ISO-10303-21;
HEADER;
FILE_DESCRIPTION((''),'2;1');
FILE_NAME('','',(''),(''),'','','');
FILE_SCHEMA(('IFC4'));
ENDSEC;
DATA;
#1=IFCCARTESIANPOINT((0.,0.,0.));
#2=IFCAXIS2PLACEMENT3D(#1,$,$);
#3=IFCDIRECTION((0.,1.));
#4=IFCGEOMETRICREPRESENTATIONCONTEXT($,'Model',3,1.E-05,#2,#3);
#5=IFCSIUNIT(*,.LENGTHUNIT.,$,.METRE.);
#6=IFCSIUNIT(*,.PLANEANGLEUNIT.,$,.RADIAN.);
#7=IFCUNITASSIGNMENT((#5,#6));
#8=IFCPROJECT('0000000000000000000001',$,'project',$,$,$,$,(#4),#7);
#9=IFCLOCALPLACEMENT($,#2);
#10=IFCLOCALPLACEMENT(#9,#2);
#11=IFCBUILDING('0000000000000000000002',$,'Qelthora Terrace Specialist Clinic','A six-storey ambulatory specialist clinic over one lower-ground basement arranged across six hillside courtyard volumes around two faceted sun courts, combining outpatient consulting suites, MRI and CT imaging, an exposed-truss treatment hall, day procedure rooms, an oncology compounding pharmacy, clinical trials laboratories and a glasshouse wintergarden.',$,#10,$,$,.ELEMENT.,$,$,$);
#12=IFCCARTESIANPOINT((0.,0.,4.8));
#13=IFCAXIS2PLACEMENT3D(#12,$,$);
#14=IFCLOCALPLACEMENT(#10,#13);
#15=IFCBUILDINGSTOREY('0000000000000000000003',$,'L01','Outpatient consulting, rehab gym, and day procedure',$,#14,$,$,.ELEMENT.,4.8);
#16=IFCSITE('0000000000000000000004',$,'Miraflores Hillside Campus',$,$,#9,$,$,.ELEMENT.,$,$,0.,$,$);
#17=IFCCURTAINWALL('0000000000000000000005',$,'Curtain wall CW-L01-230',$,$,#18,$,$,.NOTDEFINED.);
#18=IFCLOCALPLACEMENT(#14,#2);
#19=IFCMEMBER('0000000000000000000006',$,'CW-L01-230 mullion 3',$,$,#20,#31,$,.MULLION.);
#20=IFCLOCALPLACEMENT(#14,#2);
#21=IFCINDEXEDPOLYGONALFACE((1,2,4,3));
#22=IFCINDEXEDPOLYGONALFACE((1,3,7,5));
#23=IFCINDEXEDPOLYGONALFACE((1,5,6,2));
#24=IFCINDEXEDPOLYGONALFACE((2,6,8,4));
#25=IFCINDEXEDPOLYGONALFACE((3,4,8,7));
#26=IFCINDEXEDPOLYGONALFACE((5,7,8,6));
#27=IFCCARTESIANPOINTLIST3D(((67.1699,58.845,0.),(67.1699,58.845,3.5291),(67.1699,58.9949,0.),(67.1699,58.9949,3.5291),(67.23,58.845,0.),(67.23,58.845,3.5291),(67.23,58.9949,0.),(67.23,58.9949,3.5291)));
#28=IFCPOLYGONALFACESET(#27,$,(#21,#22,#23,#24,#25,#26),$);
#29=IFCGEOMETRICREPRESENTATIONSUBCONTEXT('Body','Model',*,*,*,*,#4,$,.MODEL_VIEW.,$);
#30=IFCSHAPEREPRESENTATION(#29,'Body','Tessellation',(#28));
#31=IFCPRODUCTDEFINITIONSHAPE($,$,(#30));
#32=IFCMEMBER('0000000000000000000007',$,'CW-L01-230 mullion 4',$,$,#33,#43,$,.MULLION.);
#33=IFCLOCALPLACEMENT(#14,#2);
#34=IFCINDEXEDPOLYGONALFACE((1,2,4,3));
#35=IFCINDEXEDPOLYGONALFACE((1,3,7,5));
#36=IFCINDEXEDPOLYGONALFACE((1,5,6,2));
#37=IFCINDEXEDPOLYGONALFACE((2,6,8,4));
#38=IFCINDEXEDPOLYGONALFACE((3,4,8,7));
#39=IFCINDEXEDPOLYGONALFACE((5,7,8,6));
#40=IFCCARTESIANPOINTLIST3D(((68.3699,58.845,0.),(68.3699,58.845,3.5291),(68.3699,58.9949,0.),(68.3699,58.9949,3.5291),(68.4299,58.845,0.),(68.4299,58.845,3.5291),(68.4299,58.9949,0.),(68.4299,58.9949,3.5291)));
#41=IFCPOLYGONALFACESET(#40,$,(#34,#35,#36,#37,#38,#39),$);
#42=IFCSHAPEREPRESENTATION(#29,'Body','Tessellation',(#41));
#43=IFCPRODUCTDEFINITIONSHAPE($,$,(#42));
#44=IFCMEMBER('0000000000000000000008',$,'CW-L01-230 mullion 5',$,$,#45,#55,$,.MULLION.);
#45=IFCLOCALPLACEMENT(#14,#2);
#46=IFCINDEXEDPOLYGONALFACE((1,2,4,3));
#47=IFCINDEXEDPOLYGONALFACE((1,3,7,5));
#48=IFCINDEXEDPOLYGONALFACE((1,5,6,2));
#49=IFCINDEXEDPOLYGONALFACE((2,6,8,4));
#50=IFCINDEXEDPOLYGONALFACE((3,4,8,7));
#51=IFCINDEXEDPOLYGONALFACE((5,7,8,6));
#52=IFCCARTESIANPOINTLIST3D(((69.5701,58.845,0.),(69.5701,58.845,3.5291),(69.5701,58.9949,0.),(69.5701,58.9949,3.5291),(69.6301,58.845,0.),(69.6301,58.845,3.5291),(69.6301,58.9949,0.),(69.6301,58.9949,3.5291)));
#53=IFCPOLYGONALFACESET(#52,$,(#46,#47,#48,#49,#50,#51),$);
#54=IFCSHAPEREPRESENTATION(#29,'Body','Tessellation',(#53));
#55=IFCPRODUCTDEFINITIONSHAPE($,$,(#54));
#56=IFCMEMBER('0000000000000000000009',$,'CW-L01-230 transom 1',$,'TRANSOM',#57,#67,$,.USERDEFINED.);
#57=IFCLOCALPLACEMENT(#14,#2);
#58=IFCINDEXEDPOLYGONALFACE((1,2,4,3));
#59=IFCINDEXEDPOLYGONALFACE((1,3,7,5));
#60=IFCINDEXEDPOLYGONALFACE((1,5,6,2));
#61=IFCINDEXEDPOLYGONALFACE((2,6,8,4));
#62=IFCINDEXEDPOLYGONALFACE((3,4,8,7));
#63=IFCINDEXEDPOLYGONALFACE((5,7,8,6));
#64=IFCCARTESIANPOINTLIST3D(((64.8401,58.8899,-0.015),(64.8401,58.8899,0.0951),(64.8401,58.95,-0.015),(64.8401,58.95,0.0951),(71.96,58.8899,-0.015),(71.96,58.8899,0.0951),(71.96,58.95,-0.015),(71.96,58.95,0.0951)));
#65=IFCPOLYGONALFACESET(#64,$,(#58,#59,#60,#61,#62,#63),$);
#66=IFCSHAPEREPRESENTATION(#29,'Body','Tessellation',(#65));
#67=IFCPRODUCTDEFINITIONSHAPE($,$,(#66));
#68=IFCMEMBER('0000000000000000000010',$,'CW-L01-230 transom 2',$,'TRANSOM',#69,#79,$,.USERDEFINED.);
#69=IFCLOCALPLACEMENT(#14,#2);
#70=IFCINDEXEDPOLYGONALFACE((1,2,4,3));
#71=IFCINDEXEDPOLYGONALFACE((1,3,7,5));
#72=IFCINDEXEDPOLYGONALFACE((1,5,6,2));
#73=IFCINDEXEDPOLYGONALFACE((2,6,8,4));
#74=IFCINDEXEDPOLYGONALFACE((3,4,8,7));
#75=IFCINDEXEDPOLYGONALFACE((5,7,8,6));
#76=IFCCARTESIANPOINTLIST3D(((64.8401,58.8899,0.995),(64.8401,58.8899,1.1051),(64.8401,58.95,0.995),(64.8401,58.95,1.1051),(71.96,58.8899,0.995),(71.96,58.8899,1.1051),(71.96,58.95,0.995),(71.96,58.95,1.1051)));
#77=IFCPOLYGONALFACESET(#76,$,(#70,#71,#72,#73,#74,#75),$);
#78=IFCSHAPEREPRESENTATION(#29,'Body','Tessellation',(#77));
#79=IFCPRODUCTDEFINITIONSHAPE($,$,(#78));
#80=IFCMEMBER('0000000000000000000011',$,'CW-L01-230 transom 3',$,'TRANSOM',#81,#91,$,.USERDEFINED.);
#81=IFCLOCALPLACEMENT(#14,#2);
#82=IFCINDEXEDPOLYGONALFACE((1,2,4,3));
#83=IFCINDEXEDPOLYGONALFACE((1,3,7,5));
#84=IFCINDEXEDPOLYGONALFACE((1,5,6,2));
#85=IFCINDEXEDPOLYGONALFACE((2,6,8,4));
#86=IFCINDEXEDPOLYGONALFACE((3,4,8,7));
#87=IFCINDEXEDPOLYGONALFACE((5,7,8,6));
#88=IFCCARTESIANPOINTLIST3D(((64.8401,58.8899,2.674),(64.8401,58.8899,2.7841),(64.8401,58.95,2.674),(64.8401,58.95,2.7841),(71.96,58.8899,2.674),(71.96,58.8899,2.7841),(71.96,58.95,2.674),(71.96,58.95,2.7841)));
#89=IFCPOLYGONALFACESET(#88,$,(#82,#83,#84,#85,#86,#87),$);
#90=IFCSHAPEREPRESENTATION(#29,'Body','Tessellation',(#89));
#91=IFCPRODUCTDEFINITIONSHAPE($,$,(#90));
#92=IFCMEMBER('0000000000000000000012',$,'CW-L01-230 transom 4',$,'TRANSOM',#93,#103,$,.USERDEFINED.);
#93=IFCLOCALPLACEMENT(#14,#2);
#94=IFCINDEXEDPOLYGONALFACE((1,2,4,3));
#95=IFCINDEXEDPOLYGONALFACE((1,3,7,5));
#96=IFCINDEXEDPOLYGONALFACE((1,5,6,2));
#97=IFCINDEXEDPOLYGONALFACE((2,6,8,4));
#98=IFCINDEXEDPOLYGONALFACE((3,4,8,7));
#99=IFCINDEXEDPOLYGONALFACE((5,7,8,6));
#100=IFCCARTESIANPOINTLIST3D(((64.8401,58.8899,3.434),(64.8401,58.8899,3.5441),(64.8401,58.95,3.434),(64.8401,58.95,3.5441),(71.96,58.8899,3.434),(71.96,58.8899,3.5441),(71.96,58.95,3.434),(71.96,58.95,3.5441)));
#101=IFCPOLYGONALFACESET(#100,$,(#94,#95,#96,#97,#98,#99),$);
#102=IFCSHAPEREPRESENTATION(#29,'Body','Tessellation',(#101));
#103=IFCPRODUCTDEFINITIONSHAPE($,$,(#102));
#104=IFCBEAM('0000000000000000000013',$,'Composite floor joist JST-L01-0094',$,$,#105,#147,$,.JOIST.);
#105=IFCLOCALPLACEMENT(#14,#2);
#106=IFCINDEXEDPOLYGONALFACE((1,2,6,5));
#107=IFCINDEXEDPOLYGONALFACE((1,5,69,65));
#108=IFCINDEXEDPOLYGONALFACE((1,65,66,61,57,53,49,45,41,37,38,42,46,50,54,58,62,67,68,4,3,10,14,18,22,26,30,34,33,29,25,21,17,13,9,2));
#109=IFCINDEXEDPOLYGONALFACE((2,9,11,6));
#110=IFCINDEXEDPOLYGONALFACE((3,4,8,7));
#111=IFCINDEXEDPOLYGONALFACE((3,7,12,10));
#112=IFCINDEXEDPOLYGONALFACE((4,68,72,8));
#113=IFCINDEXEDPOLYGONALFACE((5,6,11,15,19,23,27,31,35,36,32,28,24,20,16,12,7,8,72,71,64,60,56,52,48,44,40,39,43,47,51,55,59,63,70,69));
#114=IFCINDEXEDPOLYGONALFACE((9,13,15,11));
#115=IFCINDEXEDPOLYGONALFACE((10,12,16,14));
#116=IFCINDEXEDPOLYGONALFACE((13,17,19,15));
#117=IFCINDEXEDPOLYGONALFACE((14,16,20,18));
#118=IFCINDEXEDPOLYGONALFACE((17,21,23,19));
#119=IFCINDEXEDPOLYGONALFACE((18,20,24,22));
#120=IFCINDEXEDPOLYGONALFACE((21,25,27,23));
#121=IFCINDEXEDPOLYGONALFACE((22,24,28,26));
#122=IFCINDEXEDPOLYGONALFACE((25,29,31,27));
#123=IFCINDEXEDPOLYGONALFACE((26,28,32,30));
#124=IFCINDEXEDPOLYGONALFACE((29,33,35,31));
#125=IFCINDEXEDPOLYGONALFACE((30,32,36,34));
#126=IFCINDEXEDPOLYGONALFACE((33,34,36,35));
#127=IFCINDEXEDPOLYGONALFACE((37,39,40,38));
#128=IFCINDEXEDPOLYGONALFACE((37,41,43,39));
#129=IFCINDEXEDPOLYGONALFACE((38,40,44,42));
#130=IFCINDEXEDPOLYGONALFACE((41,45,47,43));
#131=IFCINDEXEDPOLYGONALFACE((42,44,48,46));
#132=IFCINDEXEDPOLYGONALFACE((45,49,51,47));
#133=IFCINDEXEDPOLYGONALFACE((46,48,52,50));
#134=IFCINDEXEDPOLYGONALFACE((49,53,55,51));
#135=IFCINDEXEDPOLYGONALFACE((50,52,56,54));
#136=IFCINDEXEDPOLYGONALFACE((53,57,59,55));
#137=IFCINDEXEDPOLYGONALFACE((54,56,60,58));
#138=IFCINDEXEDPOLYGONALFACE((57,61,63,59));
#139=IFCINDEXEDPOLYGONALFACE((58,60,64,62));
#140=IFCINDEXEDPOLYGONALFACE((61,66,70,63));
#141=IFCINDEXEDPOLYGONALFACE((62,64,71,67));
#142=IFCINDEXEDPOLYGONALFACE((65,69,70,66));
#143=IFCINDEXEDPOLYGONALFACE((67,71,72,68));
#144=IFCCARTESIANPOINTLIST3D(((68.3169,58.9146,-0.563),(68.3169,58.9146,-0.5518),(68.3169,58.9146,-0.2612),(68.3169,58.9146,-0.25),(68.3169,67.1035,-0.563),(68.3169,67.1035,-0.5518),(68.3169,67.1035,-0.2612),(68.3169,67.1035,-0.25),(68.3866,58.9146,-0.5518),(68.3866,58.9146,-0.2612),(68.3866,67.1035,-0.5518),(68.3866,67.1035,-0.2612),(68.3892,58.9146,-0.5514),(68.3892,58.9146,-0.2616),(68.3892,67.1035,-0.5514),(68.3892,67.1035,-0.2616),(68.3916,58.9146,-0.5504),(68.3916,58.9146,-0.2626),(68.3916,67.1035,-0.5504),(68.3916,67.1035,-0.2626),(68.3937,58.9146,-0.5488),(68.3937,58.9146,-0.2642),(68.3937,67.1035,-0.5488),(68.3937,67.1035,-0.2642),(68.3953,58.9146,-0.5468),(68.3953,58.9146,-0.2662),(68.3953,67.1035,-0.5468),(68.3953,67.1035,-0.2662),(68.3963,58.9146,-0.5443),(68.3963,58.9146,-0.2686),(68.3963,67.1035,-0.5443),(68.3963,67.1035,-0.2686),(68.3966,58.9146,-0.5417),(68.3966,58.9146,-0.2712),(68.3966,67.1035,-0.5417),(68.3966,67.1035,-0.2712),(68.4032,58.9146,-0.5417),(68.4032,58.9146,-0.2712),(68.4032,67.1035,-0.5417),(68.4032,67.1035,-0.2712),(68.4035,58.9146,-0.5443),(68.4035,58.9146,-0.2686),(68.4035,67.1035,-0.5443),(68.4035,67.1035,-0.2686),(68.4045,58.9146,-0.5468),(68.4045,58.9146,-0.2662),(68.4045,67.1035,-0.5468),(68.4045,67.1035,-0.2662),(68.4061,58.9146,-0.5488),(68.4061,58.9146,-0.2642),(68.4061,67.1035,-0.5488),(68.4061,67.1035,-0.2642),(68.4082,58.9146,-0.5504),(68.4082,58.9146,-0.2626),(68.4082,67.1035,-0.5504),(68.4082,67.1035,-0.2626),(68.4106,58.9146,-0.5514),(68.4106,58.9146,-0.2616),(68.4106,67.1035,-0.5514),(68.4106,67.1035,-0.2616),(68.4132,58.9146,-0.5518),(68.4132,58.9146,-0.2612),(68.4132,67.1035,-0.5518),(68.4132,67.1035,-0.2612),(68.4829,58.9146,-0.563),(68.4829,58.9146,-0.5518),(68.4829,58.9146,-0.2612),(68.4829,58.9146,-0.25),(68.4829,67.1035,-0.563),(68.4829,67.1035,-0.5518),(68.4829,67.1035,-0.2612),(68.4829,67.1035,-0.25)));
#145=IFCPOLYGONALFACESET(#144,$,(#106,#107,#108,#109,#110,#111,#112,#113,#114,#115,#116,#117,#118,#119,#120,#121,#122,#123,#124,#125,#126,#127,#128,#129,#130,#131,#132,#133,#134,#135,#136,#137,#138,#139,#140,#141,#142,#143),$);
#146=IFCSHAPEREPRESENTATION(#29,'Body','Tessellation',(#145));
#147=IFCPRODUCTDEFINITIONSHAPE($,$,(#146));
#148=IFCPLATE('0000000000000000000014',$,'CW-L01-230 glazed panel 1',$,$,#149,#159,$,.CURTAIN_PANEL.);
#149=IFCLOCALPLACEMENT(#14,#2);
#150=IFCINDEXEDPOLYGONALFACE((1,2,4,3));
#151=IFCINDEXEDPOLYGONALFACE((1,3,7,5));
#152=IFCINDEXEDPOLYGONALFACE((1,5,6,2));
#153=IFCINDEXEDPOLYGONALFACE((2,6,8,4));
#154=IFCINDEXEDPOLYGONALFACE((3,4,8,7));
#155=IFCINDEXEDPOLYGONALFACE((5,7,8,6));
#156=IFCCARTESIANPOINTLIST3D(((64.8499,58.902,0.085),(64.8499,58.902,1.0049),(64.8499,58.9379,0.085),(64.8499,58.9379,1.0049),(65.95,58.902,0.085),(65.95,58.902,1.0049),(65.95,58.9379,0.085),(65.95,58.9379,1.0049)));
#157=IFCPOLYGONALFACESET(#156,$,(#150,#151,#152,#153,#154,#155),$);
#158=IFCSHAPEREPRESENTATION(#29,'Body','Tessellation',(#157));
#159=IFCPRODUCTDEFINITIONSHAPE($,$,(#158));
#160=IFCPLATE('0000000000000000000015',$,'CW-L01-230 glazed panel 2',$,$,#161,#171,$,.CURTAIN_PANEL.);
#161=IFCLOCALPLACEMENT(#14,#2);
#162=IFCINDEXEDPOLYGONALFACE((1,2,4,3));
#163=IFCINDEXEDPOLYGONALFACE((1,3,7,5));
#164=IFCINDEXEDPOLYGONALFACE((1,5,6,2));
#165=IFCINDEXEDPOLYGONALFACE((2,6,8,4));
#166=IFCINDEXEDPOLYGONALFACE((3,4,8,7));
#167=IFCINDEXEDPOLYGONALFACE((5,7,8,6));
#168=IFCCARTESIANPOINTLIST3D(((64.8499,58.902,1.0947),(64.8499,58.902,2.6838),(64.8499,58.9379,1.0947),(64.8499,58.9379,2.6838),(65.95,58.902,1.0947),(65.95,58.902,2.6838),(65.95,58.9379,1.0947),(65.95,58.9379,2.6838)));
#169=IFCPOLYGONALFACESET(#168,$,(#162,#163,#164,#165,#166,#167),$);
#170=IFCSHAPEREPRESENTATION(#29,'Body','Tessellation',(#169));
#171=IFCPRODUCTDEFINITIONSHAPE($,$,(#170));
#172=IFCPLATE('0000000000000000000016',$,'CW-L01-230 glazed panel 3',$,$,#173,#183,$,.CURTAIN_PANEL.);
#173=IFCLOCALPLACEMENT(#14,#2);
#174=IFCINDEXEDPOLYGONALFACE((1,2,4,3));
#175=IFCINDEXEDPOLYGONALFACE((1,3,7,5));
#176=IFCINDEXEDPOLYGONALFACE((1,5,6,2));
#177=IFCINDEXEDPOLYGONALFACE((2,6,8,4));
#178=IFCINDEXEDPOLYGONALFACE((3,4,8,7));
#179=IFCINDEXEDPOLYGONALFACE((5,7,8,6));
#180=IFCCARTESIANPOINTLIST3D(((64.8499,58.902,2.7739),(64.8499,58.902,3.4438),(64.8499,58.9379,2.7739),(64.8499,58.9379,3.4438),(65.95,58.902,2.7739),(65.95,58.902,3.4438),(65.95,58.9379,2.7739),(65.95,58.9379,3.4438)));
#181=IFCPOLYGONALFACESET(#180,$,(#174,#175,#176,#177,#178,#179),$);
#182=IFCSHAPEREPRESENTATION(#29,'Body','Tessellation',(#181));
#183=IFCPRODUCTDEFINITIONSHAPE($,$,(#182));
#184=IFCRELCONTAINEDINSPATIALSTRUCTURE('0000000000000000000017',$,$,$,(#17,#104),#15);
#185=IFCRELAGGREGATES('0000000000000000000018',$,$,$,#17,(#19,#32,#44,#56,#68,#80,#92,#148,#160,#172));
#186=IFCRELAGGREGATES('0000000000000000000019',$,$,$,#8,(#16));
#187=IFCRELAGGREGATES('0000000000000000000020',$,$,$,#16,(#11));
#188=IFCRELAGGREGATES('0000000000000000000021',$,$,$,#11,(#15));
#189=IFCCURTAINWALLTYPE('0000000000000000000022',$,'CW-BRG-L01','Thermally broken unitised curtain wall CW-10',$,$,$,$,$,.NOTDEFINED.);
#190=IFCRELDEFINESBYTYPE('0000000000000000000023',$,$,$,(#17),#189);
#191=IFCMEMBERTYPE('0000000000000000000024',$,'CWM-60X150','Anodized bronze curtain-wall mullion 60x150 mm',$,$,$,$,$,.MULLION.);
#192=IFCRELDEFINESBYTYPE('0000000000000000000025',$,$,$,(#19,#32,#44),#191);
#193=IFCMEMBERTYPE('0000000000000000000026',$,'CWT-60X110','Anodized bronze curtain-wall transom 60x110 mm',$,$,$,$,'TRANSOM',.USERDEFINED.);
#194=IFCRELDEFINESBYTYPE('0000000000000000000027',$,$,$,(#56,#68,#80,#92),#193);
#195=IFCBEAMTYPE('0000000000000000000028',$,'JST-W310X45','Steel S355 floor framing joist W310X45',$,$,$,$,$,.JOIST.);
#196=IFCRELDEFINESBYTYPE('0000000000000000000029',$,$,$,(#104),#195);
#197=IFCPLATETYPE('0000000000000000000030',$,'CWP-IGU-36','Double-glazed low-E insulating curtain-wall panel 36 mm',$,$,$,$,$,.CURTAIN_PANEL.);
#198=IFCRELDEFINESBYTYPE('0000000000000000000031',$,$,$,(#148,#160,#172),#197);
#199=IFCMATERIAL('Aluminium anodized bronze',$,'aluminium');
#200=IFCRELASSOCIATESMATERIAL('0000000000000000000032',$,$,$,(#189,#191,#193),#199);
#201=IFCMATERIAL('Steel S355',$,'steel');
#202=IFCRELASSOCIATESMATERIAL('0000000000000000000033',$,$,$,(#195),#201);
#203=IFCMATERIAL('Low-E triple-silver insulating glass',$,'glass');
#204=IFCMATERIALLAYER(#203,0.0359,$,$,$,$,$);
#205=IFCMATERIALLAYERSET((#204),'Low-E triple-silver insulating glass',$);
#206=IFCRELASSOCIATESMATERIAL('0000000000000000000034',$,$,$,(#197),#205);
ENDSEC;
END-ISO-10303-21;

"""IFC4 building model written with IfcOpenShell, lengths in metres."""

from ifc_helpers import new_model, si_unit, direction, frame, origin, origin_2d, place, context, subcontext, project, spatial, rectangle, i_section, extrude, material, layer, layer_set, material_profile, profile_set, type_object, element, aggregate, save


model = new_model("IFC4")

# Units and contexts
model_context = context("Model", 3, precision=1e-05, world=origin(), true_north=direction((0.0, 1.0)))
body_context = subcontext(model_context, "Body", "Model", "MODEL_VIEW")
ifc_project = project(units=[si_unit("LENGTHUNIT", "METRE"), si_unit("PLANEANGLEUNIT", "RADIAN")], contexts=[model_context])

# Site, building, storey
site_placement = place(None, origin())
site = spatial("IfcSite", under=ifc_project, at=site_placement, Name="Miraflores Hillside Campus", CompositionType="ELEMENT", RefElevation=0.0)
building_placement = place(site_placement, origin())
building = spatial("IfcBuilding", under=site, at=building_placement, Name="Qelthora Terrace Specialist Clinic", Description="A six-storey ambulatory specialist clinic over one lower-ground basement arranged across six hillside courtyard volumes around two faceted sun courts, combining outpatient consulting suites, MRI and CT imaging, an exposed-truss treatment hall, day procedure rooms, an oncology compounding pharmacy, clinical trials laboratories and a glasshouse wintergarden.", CompositionType="ELEMENT")
storey_placement = place(building_placement, frame((0.0, 0.0, 4.8)))
storey = spatial("IfcBuildingStorey", under=building, at=storey_placement, Name="L01", Description="Outpatient consulting, rehab gym, and day procedure", CompositionType="ELEMENT", Elevation=4.8)

# Shared definitions
ifc_material_1 = material(Name="Steel S355", Category="steel")

# Shared definitions
ifc_material_2 = material(Name="Aluminium anodized bronze", Category="aluminium")
curtain_wall_type = type_object("IfcCurtainWallType", Name="CW-BRG-L01", Description="Thermally broken unitised curtain wall CW-10", PredefinedType="NOTDEFINED", material=ifc_material_2)
ifc_material_profile_1 = material_profile(ifc_material_2, rectangle(XDim=0.0601, YDim=0.1499, at=origin_2d()), Name="CWM60X150")
ifc_profile_set_1 = profile_set([ifc_material_profile_1], Name="Aluminium anodized bronze")
member_type_1 = type_object("IfcMemberType", Name="CWM-60X150", Description="Anodized bronze curtain-wall mullion 60x150 mm", PredefinedType="MULLION", material=ifc_profile_set_1)

# Curtain wall, members
curtain_wall_1_placement = place(storey_placement, origin())
curtain_wall_1 = element("IfcCurtainWall", 1, at=curtain_wall_1_placement, inside=storey, type_object=curtain_wall_type, Name="Curtain wall CW-L01-230", PredefinedType="NOTDEFINED")
member_1_placement = place(storey_placement, frame((67.2, 58.9199, 0.0), z_axis=(0.0, 0.0, 1.0), x_axis=(1.0, 0.0, 0.0)))
member_1 = element("IfcMember", 2, at=member_1_placement, type_object=member_type_1, Name="CW-L01-230 mullion 3", PredefinedType="MULLION", context=body_context, shape_type="SweptSolid", body=[
    extrude(rectangle(XDim=0.0601, YDim=0.1499, at=origin_2d()), origin(), (0.0, 0.0, 1.0), 3.5291),
])
member_2_placement = place(storey_placement, frame((68.3999, 58.9199, 0.0), z_axis=(0.0, 0.0, 1.0), x_axis=(1.0, 0.0, 0.0)))
member_2 = element("IfcMember", 3, at=member_2_placement, type_object=member_type_1, Name="CW-L01-230 mullion 4", PredefinedType="MULLION", context=body_context, shape_type="SweptSolid", body=[
    extrude(rectangle(XDim=0.0601, YDim=0.1499, at=origin_2d()), origin(), (0.0, 0.0, 1.0), 3.5291),
])
member_3_placement = place(storey_placement, frame((69.6001, 58.9199, 0.0), z_axis=(0.0, 0.0, 1.0), x_axis=(1.0, 0.0, 0.0)))
member_3 = element("IfcMember", 4, at=member_3_placement, type_object=member_type_1, Name="CW-L01-230 mullion 5", PredefinedType="MULLION", context=body_context, shape_type="SweptSolid", body=[
    extrude(rectangle(XDim=0.0601, YDim=0.1499, at=origin_2d()), origin(), (0.0, 0.0, 1.0), 3.5291),
])
ifc_material_profile_2 = material_profile(ifc_material_2, rectangle(XDim=0.0601, YDim=0.1101, at=origin_2d()), Name="CWT60X110")
ifc_profile_set_2 = profile_set([ifc_material_profile_2], Name="Aluminium anodized bronze")
member_type_2 = type_object("IfcMemberType", Name="CWT-60X110", Description="Anodized bronze curtain-wall transom 60x110 mm", ElementType="TRANSOM", PredefinedType="USERDEFINED", material=ifc_profile_set_2)
member_4_placement = place(storey_placement, frame((64.8401, 58.9199, 0.04), z_axis=(1.0, 0.0, 0.0), x_axis=(0.0, 1.0, 0.0)))
member_4 = element("IfcMember", 5, at=member_4_placement, type_object=member_type_2, Name="CW-L01-230 transom 1", ObjectType="TRANSOM", PredefinedType="USERDEFINED", context=body_context, shape_type="SweptSolid", body=[
    extrude(rectangle(XDim=0.0601, YDim=0.1101, at=origin_2d()), origin(), (0.0, 0.0, 1.0), 7.1199),
])
member_5_placement = place(storey_placement, frame((64.8401, 58.9199, 1.05), z_axis=(1.0, 0.0, 0.0), x_axis=(0.0, 1.0, 0.0)))
member_5 = element("IfcMember", 6, at=member_5_placement, type_object=member_type_2, Name="CW-L01-230 transom 2", ObjectType="TRANSOM", PredefinedType="USERDEFINED", context=body_context, shape_type="SweptSolid", body=[
    extrude(rectangle(XDim=0.0601, YDim=0.1101, at=origin_2d()), origin(), (0.0, 0.0, 1.0), 7.1199),
])
member_6_placement = place(storey_placement, frame((64.8401, 58.9199, 2.729), z_axis=(1.0, 0.0, 0.0), x_axis=(0.0, 1.0, 0.0)))
member_6 = element("IfcMember", 7, at=member_6_placement, type_object=member_type_2, Name="CW-L01-230 transom 3", ObjectType="TRANSOM", PredefinedType="USERDEFINED", context=body_context, shape_type="SweptSolid", body=[
    extrude(rectangle(XDim=0.0601, YDim=0.1101, at=origin_2d()), origin(), (0.0, 0.0, 1.0), 7.1199),
])
member_7_placement = place(storey_placement, frame((64.8401, 58.9199, 3.489), z_axis=(1.0, 0.0, 0.0), x_axis=(0.0, 1.0, 0.0)))
member_7 = element("IfcMember", 8, at=member_7_placement, type_object=member_type_2, Name="CW-L01-230 transom 4", ObjectType="TRANSOM", PredefinedType="USERDEFINED", context=body_context, shape_type="SweptSolid", body=[
    extrude(rectangle(XDim=0.0601, YDim=0.1101, at=origin_2d()), origin(), (0.0, 0.0, 1.0), 7.1199),
])

# Beam
ifc_material_profile_3 = material_profile(ifc_material_1, i_section(OverallWidth=0.166, OverallDepth=0.313, WebThickness=0.0066, FlangeThickness=0.0112, FilletRadius=0.01, at=origin_2d()), Name="W310X45")
ifc_profile_set_3 = profile_set([ifc_material_profile_3], Name="Steel S355")
beam_type_1 = type_object("IfcBeamType", Name="JST-W310X45", Description="Steel S355 floor framing joist W310X45", PredefinedType="JOIST", material=ifc_profile_set_3)
beam_1_placement = place(storey_placement, frame((68.3999, 58.9146, -0.4065), z_axis=(0.0, 1.0, 0.0), x_axis=(-1.0, 0.0, 0.0)))
element("IfcBeam", 9, at=beam_1_placement, inside=storey, type_object=beam_type_1, Name="Composite floor joist JST-L01-0094", PredefinedType="JOIST", context=body_context, shape_type="SweptSolid", body=[
    extrude(i_section(OverallWidth=0.166, OverallDepth=0.313, WebThickness=0.0066, FlangeThickness=0.0112, FilletRadius=0.01, at=origin_2d()), origin(), (0.0, 0.0, 1.0), 8.189),
])

# Plates
ifc_material_3 = material(Name="Low-E triple-silver insulating glass", Category="glass")
ifc_layer = layer(ifc_material_3, 0.0359)
ifc_layer_set = layer_set([ifc_layer], Name="Low-E triple-silver insulating glass")
plate_type = type_object("IfcPlateType", Name="CWP-IGU-36", Description="Double-glazed low-E insulating curtain-wall panel 36 mm", PredefinedType="CURTAIN_PANEL", material=ifc_layer_set)
plate_1_placement = place(storey_placement, frame((65.3999, 58.9199, 0.085), z_axis=(0.0, 0.0, 1.0), x_axis=(1.0, 0.0, 0.0)))
plate_1 = element("IfcPlate", 10, at=plate_1_placement, type_object=plate_type, Name="CW-L01-230 glazed panel 1", PredefinedType="CURTAIN_PANEL", context=body_context, shape_type="SweptSolid", body=[
    extrude(rectangle(XDim=1.1001, YDim=0.0359, at=origin_2d()), origin(), (0.0, 0.0, 1.0), 0.9199),
])
plate_2_placement = place(storey_placement, frame((65.3999, 58.9199, 1.0947), z_axis=(0.0, 0.0, 1.0), x_axis=(1.0, 0.0, 0.0)))
plate_2 = element("IfcPlate", 11, at=plate_2_placement, type_object=plate_type, Name="CW-L01-230 glazed panel 2", PredefinedType="CURTAIN_PANEL", context=body_context, shape_type="SweptSolid", body=[
    extrude(rectangle(XDim=1.1001, YDim=0.0359, at=origin_2d()), origin(), (0.0, 0.0, 1.0), 1.5891),
])
plate_3_placement = place(storey_placement, frame((65.3999, 58.9199, 2.7739), z_axis=(0.0, 0.0, 1.0), x_axis=(1.0, 0.0, 0.0)))
plate_3 = element("IfcPlate", 12, at=plate_3_placement, type_object=plate_type, Name="CW-L01-230 glazed panel 3", PredefinedType="CURTAIN_PANEL", context=body_context, shape_type="SweptSolid", body=[
    extrude(rectangle(XDim=1.1001, YDim=0.0359, at=origin_2d()), origin(), (0.0, 0.0, 1.0), 0.6699),
])
aggregate(curtain_wall_1, [member_1, member_2, member_3, member_4, member_5, member_6, member_7, plate_1, plate_2, plate_3])

save(model, "model.ifc")
